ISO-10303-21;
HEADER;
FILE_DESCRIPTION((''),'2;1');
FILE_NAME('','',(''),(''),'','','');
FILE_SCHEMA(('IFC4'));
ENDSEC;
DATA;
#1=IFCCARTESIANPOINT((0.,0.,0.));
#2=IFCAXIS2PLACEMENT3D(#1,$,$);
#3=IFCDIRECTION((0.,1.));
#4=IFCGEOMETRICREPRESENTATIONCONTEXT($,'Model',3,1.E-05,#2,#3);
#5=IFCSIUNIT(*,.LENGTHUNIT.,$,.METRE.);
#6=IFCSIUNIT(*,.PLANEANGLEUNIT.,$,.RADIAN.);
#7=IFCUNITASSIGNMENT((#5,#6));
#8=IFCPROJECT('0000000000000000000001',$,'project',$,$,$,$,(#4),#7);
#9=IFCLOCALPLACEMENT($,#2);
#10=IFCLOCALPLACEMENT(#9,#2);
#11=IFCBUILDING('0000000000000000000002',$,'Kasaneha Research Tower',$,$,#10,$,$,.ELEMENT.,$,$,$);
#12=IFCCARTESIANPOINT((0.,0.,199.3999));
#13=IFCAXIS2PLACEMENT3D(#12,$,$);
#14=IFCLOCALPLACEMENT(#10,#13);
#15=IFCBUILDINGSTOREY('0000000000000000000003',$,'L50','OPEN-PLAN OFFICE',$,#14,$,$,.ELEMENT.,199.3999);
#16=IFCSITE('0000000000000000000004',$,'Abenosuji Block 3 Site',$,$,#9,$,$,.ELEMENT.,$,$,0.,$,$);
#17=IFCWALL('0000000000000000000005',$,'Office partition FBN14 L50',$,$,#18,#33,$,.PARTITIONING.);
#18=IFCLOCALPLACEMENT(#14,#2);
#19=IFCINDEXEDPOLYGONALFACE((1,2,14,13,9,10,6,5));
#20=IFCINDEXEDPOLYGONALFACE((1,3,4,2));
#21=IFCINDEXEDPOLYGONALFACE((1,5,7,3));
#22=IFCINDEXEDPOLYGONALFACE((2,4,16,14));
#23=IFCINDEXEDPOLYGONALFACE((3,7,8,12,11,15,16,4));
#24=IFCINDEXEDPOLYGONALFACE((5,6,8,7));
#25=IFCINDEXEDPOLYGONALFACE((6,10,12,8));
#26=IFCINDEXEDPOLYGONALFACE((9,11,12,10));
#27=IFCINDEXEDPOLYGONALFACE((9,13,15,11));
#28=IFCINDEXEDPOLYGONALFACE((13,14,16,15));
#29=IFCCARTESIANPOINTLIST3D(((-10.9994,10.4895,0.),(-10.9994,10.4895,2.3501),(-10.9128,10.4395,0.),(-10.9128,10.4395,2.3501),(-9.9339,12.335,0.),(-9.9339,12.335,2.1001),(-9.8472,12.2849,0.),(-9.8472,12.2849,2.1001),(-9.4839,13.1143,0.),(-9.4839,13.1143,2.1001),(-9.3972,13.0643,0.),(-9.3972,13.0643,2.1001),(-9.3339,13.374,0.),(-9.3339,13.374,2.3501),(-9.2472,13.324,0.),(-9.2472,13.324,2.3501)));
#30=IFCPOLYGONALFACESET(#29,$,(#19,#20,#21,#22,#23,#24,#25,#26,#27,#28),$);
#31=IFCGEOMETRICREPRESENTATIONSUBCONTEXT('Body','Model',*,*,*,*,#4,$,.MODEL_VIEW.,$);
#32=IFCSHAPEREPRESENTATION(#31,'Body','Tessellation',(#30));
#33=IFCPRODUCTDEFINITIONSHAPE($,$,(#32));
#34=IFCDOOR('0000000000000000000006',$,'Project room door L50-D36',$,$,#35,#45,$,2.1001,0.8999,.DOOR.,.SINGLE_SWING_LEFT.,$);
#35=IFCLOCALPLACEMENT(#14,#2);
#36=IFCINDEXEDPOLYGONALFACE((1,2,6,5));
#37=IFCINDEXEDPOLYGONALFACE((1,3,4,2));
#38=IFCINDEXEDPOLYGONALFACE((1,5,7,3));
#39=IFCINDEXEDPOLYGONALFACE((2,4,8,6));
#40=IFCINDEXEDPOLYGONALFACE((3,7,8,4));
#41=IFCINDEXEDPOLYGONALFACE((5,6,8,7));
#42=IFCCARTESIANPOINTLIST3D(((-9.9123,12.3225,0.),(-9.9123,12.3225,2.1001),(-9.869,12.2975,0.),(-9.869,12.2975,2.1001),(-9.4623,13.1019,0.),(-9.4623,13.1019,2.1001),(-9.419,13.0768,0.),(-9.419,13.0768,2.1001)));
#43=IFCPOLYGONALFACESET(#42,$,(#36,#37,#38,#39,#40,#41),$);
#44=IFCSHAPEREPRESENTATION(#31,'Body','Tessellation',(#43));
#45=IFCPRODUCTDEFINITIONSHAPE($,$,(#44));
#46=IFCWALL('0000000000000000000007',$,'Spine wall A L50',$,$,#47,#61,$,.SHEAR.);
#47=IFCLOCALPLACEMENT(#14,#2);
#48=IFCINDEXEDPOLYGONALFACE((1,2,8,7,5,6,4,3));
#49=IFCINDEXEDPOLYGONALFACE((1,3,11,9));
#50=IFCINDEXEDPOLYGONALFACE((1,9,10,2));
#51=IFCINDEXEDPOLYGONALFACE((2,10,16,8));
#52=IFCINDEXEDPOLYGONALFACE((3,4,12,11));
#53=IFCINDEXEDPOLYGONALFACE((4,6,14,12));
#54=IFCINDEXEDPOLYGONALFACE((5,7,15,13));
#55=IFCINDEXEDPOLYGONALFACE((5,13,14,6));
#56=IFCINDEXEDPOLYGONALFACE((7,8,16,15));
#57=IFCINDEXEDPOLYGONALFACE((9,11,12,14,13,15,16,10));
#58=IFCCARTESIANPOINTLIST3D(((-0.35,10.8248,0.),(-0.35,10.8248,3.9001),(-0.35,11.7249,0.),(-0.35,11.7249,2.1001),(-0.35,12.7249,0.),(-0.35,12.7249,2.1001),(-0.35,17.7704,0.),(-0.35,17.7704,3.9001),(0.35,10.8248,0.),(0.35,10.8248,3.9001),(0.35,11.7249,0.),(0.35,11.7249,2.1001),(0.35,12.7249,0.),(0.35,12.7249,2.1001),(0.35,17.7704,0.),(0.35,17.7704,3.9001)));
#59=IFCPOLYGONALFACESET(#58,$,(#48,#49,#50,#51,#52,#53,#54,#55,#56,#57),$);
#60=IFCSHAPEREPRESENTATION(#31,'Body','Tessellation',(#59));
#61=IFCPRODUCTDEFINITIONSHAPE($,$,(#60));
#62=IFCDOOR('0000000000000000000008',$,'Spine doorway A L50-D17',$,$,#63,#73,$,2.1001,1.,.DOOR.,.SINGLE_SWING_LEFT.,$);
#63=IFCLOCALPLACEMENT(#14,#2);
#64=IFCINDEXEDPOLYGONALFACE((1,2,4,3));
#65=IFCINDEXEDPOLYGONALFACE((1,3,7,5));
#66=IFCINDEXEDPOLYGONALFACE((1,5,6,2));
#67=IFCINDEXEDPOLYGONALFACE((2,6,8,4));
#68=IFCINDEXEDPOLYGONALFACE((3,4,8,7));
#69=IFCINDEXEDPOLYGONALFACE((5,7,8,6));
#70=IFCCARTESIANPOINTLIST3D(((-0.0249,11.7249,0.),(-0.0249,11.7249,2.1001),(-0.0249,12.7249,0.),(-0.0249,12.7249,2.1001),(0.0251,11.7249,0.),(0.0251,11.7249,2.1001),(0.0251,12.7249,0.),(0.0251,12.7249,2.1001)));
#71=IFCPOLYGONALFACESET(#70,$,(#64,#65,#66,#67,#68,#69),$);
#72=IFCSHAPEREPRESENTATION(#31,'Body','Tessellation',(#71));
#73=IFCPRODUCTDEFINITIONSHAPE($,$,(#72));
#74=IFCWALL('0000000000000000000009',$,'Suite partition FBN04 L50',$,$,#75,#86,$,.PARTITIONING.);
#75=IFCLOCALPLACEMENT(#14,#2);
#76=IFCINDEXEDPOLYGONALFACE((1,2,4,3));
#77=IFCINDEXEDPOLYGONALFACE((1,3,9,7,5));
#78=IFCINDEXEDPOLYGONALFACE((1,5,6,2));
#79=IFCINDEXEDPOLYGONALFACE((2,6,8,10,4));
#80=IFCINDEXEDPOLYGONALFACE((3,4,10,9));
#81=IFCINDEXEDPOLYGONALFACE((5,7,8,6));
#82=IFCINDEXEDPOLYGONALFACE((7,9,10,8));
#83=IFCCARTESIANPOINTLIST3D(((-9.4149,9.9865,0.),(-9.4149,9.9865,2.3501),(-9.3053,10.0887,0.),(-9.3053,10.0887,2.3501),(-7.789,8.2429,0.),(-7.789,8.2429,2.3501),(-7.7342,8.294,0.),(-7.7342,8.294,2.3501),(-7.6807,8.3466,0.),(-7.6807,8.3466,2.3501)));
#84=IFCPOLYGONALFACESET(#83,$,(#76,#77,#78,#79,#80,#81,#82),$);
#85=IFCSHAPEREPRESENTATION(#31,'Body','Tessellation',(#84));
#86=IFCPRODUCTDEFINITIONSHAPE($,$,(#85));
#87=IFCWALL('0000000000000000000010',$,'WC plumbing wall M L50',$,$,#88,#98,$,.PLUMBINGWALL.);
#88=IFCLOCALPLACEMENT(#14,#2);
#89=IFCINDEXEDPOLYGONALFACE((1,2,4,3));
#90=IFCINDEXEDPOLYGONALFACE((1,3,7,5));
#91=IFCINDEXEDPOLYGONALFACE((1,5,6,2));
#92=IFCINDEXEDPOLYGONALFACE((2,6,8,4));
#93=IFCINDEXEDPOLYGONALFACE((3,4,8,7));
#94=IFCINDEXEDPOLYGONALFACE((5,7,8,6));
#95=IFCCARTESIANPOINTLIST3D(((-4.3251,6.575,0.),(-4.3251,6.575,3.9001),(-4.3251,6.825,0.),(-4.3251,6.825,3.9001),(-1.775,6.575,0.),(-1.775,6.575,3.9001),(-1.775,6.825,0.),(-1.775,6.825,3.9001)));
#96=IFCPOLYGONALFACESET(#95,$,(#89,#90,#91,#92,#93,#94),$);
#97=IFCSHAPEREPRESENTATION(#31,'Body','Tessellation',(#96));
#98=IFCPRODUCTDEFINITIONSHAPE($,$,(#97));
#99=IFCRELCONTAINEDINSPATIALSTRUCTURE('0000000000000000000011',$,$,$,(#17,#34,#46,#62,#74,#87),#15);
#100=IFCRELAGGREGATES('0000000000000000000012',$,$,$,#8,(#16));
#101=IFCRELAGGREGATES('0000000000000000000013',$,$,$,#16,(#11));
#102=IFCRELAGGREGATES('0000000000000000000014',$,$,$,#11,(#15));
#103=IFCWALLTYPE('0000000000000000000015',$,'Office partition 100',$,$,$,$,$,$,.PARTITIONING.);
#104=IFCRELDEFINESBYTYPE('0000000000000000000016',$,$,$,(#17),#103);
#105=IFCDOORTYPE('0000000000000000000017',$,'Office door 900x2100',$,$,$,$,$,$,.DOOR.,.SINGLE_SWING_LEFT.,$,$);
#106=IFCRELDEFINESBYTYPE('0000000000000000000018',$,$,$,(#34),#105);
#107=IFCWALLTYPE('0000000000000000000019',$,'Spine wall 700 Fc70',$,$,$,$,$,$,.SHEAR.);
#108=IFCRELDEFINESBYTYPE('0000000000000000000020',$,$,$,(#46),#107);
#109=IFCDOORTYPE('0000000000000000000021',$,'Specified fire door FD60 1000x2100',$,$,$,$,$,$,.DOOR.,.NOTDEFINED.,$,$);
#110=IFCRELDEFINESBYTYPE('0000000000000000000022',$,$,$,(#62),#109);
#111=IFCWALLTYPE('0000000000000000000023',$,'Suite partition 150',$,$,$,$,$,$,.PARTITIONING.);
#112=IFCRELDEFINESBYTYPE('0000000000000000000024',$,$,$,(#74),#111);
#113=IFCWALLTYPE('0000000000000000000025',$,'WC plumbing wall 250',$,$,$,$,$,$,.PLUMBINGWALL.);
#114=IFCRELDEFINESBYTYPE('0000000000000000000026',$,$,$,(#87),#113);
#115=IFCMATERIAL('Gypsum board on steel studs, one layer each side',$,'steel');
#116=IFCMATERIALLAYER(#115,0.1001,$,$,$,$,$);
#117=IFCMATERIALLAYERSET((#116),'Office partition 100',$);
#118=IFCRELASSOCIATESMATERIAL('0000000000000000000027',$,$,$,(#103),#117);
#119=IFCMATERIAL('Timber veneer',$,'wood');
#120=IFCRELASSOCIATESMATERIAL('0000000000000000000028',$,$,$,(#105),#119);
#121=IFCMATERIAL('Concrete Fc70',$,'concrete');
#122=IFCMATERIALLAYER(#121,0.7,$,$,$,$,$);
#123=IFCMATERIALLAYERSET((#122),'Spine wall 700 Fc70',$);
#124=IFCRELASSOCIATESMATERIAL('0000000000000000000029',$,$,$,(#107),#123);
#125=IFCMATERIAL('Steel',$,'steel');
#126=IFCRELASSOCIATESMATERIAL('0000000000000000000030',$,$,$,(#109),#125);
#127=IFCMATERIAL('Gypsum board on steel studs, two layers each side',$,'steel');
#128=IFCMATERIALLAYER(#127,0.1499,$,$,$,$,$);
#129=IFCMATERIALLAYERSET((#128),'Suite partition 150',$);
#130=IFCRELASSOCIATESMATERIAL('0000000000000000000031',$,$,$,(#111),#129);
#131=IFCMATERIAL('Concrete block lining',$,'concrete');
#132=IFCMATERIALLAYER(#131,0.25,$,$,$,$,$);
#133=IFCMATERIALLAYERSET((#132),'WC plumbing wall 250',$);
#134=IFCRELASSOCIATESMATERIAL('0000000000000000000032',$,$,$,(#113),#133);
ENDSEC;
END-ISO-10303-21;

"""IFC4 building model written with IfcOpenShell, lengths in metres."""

from ifc_helpers import new_model, si_unit, direction, frame, frame_2d, origin, place, context, subcontext, project, spatial, polyline, rectangle, outline, extrude, material, layer, layer_set, type_object, element, fill, save


model = new_model("IFC4")

# Units and contexts
model_context = context("Model", 3, precision=1e-05, world=origin(), true_north=direction((0.0, 1.0)))
body_context = subcontext(model_context, "Body", "Model", "MODEL_VIEW")
ifc_project = project(units=[si_unit("LENGTHUNIT", "METRE"), si_unit("PLANEANGLEUNIT", "RADIAN")], contexts=[model_context])

# Site, building, storey
site_placement = place(None, origin())
site = spatial("IfcSite", under=ifc_project, at=site_placement, Name="Abenosuji Block 3 Site", CompositionType="ELEMENT", RefElevation=0.0)
building_placement = place(site_placement, origin())
building = spatial("IfcBuilding", under=site, at=building_placement, Name="Kasaneha Research Tower", CompositionType="ELEMENT")
storey_placement = place(building_placement, frame((0.0, 0.0, 199.3999)))
storey = spatial("IfcBuildingStorey", under=building, at=storey_placement, Name="L50", Description="OPEN-PLAN OFFICE", CompositionType="ELEMENT", Elevation=199.3999)

# Shared definitions
ifc_material_1 = material(Name="Gypsum board on steel studs, one layer each side", Category="steel")
ifc_layer_1 = layer(ifc_material_1, 0.1001)
ifc_layer_set_1 = layer_set([ifc_layer_1], Name="Office partition 100")
wall_type_1 = type_object("IfcWallType", Name="Office partition 100", PredefinedType="PARTITIONING", material=ifc_layer_set_1)

# Walls, openings, doors
wall_1_placement = place(storey_placement, frame((-9.2905, 13.3491, 0.0), z_axis=(0.0, 0.0, 1.0), x_axis=(-0.500033, -0.866006, 0.0)))
wall_1 = element("IfcWall", 1, at=wall_1_placement, inside=storey, type_object=wall_type_1, Name="Office partition FBN14 L50", PredefinedType="PARTITIONING", context=body_context, shape_type="SweptSolid", body=[
    extrude(rectangle(XDim=3.3308, YDim=0.1001, at=frame_2d((1.6655, 0.0))), origin(), (0.0, 0.0, 1.0), 2.3501),
])
opening_1_placement = place(wall_1_placement, frame((0.3, 0.0, 0.0)))
opening_1 = element("IfcOpeningElement", 2, at=opening_1_placement, cuts=wall_1, PredefinedType="OPENING", context=body_context, shape_type="SweptSolid", body=[
    extrude(rectangle(XDim=0.8999, YDim=2.1001, at=frame_2d((0.45, 1.05))), frame((0.0, 0.0601, 0.0), z_axis=(0.0, -1.0, 0.0), x_axis=(1.0, 0.0, 0.0)), (0.0, 0.0, 1.0), 0.1201),
])
ifc_material_2 = material(Name="Timber veneer", Category="wood")
door_type_1 = type_object("IfcDoorType", Name="Office door 900x2100", OperationType="SINGLE_SWING_LEFT", PredefinedType="DOOR", material=ifc_material_2)
door_1_placement = place(opening_1_placement, origin())
door_1 = element("IfcDoor", 3, at=door_1_placement, inside=storey, type_object=door_type_1, Name="Project room door L50-D36", OperationType="SINGLE_SWING_LEFT", OverallHeight=2.1001, OverallWidth=0.8999, PredefinedType="DOOR", context=body_context, shape_type="SweptSolid", body=[
    extrude(rectangle(XDim=0.8999, YDim=2.1001, at=frame_2d((0.45, 1.05))), frame((0.0, 0.0249, 0.0), z_axis=(0.0, -1.0, 0.0), x_axis=(1.0, 0.0, 0.0)), (0.0, 0.0, 1.0), 0.05),
])
fill(opening_1, door_1)
ifc_material_3 = material(Name="Concrete Fc70", Category="concrete")
ifc_layer_2 = layer(ifc_material_3, 0.7)
ifc_layer_set_2 = layer_set([ifc_layer_2], Name="Spine wall 700 Fc70")
wall_type_2 = type_object("IfcWallType", Name="Spine wall 700 Fc70", PredefinedType="SHEAR", material=ifc_layer_set_2)
wall_2_placement = place(storey_placement, frame((0.0, 10.825, 0.0), z_axis=(0.0, 0.0, 1.0), x_axis=(0.0, 1.0, 0.0)))
wall_2 = element("IfcWall", 4, at=wall_2_placement, inside=storey, type_object=wall_type_2, Name="Spine wall A L50", PredefinedType="SHEAR", context=body_context, shape_type="SweptSolid", body=[
    extrude(rectangle(XDim=6.9456, YDim=0.7, at=frame_2d((3.4727, 0.0))), origin(), (0.0, 0.0, 1.0), 3.9001),
])
opening_2_placement = place(wall_2_placement, frame((0.8999, 0.0, 0.0)))
opening_2 = element("IfcOpeningElement", 5, at=opening_2_placement, cuts=wall_2, PredefinedType="OPENING", context=body_context, shape_type="SweptSolid", body=[
    extrude(rectangle(XDim=1.0, YDim=2.1001, at=frame_2d((0.5, 1.05))), frame((0.0, 0.3599, 0.0), z_axis=(0.0, -1.0, 0.0), x_axis=(1.0, 0.0, 0.0)), (0.0, 0.0, 1.0), 0.72),
])
ifc_material_4 = material(Name="Steel", Category="steel")
door_type_2 = type_object("IfcDoorType", Name="Specified fire door FD60 1000x2100", OperationType="NOTDEFINED", PredefinedType="DOOR", material=ifc_material_4)
door_2_placement = place(opening_2_placement, origin())
door_2 = element("IfcDoor", 6, at=door_2_placement, inside=storey, type_object=door_type_2, Name="Spine doorway A L50-D17", OperationType="SINGLE_SWING_LEFT", OverallHeight=2.1001, OverallWidth=1.0, PredefinedType="DOOR", context=body_context, shape_type="SweptSolid", body=[
    extrude(rectangle(XDim=1.0, YDim=2.1001, at=frame_2d((0.5, 1.05))), frame((0.0, 0.0249, 0.0), z_axis=(0.0, -1.0, 0.0), x_axis=(1.0, 0.0, 0.0)), (0.0, 0.0, 1.0), 0.05),
])
fill(opening_2, door_2)

# Walls
ifc_material_5 = material(Name="Gypsum board on steel studs, two layers each side", Category="steel")
ifc_layer_3 = layer(ifc_material_5, 0.1499)
ifc_layer_set_3 = layer_set([ifc_layer_3], Name="Suite partition 150")
wall_type_3 = type_object("IfcWallType", Name="Suite partition 150", PredefinedType="PARTITIONING", material=ifc_layer_set_3)
wall_3_placement = place(storey_placement, frame((-9.3601, 10.0376, 0.0), z_axis=(0.0, 0.0, 1.0), x_axis=(0.681997, -0.731355, 0.0)))
element("IfcWall", 7, at=wall_3_placement, inside=storey, type_object=wall_type_3, Name="Suite partition FBN04 L50", PredefinedType="PARTITIONING", context=body_context, shape_type="SweptSolid", body=[
    extrude(outline(polyline([(0.0, -0.075), (2.384, -0.075), (2.384, 0.0), (2.3821, 0.075), (0.0, 0.075), (0.0, -0.075)])), origin(), (0.0, 0.0, 1.0), 2.3501),
])
ifc_material_6 = material(Name="Concrete block lining", Category="concrete")
ifc_layer_4 = layer(ifc_material_6, 0.25)
ifc_layer_set_4 = layer_set([ifc_layer_4], Name="WC plumbing wall 250")
wall_type_4 = type_object("IfcWallType", Name="WC plumbing wall 250", PredefinedType="PLUMBINGWALL", material=ifc_layer_set_4)
wall_4_placement = place(storey_placement, frame((-4.325, 6.7, 0.0), z_axis=(0.0, 0.0, 1.0), x_axis=(1.0, 0.0, 0.0)))
element("IfcWall", 8, at=wall_4_placement, inside=storey, type_object=wall_type_4, Name="WC plumbing wall M L50", PredefinedType="PLUMBINGWALL", context=body_context, shape_type="SweptSolid", body=[
    extrude(rectangle(XDim=2.55, YDim=0.25, at=frame_2d((1.2749, 0.0))), origin(), (0.0, 0.0, 1.0), 3.9001),
])

save(model, "model.ifc")
